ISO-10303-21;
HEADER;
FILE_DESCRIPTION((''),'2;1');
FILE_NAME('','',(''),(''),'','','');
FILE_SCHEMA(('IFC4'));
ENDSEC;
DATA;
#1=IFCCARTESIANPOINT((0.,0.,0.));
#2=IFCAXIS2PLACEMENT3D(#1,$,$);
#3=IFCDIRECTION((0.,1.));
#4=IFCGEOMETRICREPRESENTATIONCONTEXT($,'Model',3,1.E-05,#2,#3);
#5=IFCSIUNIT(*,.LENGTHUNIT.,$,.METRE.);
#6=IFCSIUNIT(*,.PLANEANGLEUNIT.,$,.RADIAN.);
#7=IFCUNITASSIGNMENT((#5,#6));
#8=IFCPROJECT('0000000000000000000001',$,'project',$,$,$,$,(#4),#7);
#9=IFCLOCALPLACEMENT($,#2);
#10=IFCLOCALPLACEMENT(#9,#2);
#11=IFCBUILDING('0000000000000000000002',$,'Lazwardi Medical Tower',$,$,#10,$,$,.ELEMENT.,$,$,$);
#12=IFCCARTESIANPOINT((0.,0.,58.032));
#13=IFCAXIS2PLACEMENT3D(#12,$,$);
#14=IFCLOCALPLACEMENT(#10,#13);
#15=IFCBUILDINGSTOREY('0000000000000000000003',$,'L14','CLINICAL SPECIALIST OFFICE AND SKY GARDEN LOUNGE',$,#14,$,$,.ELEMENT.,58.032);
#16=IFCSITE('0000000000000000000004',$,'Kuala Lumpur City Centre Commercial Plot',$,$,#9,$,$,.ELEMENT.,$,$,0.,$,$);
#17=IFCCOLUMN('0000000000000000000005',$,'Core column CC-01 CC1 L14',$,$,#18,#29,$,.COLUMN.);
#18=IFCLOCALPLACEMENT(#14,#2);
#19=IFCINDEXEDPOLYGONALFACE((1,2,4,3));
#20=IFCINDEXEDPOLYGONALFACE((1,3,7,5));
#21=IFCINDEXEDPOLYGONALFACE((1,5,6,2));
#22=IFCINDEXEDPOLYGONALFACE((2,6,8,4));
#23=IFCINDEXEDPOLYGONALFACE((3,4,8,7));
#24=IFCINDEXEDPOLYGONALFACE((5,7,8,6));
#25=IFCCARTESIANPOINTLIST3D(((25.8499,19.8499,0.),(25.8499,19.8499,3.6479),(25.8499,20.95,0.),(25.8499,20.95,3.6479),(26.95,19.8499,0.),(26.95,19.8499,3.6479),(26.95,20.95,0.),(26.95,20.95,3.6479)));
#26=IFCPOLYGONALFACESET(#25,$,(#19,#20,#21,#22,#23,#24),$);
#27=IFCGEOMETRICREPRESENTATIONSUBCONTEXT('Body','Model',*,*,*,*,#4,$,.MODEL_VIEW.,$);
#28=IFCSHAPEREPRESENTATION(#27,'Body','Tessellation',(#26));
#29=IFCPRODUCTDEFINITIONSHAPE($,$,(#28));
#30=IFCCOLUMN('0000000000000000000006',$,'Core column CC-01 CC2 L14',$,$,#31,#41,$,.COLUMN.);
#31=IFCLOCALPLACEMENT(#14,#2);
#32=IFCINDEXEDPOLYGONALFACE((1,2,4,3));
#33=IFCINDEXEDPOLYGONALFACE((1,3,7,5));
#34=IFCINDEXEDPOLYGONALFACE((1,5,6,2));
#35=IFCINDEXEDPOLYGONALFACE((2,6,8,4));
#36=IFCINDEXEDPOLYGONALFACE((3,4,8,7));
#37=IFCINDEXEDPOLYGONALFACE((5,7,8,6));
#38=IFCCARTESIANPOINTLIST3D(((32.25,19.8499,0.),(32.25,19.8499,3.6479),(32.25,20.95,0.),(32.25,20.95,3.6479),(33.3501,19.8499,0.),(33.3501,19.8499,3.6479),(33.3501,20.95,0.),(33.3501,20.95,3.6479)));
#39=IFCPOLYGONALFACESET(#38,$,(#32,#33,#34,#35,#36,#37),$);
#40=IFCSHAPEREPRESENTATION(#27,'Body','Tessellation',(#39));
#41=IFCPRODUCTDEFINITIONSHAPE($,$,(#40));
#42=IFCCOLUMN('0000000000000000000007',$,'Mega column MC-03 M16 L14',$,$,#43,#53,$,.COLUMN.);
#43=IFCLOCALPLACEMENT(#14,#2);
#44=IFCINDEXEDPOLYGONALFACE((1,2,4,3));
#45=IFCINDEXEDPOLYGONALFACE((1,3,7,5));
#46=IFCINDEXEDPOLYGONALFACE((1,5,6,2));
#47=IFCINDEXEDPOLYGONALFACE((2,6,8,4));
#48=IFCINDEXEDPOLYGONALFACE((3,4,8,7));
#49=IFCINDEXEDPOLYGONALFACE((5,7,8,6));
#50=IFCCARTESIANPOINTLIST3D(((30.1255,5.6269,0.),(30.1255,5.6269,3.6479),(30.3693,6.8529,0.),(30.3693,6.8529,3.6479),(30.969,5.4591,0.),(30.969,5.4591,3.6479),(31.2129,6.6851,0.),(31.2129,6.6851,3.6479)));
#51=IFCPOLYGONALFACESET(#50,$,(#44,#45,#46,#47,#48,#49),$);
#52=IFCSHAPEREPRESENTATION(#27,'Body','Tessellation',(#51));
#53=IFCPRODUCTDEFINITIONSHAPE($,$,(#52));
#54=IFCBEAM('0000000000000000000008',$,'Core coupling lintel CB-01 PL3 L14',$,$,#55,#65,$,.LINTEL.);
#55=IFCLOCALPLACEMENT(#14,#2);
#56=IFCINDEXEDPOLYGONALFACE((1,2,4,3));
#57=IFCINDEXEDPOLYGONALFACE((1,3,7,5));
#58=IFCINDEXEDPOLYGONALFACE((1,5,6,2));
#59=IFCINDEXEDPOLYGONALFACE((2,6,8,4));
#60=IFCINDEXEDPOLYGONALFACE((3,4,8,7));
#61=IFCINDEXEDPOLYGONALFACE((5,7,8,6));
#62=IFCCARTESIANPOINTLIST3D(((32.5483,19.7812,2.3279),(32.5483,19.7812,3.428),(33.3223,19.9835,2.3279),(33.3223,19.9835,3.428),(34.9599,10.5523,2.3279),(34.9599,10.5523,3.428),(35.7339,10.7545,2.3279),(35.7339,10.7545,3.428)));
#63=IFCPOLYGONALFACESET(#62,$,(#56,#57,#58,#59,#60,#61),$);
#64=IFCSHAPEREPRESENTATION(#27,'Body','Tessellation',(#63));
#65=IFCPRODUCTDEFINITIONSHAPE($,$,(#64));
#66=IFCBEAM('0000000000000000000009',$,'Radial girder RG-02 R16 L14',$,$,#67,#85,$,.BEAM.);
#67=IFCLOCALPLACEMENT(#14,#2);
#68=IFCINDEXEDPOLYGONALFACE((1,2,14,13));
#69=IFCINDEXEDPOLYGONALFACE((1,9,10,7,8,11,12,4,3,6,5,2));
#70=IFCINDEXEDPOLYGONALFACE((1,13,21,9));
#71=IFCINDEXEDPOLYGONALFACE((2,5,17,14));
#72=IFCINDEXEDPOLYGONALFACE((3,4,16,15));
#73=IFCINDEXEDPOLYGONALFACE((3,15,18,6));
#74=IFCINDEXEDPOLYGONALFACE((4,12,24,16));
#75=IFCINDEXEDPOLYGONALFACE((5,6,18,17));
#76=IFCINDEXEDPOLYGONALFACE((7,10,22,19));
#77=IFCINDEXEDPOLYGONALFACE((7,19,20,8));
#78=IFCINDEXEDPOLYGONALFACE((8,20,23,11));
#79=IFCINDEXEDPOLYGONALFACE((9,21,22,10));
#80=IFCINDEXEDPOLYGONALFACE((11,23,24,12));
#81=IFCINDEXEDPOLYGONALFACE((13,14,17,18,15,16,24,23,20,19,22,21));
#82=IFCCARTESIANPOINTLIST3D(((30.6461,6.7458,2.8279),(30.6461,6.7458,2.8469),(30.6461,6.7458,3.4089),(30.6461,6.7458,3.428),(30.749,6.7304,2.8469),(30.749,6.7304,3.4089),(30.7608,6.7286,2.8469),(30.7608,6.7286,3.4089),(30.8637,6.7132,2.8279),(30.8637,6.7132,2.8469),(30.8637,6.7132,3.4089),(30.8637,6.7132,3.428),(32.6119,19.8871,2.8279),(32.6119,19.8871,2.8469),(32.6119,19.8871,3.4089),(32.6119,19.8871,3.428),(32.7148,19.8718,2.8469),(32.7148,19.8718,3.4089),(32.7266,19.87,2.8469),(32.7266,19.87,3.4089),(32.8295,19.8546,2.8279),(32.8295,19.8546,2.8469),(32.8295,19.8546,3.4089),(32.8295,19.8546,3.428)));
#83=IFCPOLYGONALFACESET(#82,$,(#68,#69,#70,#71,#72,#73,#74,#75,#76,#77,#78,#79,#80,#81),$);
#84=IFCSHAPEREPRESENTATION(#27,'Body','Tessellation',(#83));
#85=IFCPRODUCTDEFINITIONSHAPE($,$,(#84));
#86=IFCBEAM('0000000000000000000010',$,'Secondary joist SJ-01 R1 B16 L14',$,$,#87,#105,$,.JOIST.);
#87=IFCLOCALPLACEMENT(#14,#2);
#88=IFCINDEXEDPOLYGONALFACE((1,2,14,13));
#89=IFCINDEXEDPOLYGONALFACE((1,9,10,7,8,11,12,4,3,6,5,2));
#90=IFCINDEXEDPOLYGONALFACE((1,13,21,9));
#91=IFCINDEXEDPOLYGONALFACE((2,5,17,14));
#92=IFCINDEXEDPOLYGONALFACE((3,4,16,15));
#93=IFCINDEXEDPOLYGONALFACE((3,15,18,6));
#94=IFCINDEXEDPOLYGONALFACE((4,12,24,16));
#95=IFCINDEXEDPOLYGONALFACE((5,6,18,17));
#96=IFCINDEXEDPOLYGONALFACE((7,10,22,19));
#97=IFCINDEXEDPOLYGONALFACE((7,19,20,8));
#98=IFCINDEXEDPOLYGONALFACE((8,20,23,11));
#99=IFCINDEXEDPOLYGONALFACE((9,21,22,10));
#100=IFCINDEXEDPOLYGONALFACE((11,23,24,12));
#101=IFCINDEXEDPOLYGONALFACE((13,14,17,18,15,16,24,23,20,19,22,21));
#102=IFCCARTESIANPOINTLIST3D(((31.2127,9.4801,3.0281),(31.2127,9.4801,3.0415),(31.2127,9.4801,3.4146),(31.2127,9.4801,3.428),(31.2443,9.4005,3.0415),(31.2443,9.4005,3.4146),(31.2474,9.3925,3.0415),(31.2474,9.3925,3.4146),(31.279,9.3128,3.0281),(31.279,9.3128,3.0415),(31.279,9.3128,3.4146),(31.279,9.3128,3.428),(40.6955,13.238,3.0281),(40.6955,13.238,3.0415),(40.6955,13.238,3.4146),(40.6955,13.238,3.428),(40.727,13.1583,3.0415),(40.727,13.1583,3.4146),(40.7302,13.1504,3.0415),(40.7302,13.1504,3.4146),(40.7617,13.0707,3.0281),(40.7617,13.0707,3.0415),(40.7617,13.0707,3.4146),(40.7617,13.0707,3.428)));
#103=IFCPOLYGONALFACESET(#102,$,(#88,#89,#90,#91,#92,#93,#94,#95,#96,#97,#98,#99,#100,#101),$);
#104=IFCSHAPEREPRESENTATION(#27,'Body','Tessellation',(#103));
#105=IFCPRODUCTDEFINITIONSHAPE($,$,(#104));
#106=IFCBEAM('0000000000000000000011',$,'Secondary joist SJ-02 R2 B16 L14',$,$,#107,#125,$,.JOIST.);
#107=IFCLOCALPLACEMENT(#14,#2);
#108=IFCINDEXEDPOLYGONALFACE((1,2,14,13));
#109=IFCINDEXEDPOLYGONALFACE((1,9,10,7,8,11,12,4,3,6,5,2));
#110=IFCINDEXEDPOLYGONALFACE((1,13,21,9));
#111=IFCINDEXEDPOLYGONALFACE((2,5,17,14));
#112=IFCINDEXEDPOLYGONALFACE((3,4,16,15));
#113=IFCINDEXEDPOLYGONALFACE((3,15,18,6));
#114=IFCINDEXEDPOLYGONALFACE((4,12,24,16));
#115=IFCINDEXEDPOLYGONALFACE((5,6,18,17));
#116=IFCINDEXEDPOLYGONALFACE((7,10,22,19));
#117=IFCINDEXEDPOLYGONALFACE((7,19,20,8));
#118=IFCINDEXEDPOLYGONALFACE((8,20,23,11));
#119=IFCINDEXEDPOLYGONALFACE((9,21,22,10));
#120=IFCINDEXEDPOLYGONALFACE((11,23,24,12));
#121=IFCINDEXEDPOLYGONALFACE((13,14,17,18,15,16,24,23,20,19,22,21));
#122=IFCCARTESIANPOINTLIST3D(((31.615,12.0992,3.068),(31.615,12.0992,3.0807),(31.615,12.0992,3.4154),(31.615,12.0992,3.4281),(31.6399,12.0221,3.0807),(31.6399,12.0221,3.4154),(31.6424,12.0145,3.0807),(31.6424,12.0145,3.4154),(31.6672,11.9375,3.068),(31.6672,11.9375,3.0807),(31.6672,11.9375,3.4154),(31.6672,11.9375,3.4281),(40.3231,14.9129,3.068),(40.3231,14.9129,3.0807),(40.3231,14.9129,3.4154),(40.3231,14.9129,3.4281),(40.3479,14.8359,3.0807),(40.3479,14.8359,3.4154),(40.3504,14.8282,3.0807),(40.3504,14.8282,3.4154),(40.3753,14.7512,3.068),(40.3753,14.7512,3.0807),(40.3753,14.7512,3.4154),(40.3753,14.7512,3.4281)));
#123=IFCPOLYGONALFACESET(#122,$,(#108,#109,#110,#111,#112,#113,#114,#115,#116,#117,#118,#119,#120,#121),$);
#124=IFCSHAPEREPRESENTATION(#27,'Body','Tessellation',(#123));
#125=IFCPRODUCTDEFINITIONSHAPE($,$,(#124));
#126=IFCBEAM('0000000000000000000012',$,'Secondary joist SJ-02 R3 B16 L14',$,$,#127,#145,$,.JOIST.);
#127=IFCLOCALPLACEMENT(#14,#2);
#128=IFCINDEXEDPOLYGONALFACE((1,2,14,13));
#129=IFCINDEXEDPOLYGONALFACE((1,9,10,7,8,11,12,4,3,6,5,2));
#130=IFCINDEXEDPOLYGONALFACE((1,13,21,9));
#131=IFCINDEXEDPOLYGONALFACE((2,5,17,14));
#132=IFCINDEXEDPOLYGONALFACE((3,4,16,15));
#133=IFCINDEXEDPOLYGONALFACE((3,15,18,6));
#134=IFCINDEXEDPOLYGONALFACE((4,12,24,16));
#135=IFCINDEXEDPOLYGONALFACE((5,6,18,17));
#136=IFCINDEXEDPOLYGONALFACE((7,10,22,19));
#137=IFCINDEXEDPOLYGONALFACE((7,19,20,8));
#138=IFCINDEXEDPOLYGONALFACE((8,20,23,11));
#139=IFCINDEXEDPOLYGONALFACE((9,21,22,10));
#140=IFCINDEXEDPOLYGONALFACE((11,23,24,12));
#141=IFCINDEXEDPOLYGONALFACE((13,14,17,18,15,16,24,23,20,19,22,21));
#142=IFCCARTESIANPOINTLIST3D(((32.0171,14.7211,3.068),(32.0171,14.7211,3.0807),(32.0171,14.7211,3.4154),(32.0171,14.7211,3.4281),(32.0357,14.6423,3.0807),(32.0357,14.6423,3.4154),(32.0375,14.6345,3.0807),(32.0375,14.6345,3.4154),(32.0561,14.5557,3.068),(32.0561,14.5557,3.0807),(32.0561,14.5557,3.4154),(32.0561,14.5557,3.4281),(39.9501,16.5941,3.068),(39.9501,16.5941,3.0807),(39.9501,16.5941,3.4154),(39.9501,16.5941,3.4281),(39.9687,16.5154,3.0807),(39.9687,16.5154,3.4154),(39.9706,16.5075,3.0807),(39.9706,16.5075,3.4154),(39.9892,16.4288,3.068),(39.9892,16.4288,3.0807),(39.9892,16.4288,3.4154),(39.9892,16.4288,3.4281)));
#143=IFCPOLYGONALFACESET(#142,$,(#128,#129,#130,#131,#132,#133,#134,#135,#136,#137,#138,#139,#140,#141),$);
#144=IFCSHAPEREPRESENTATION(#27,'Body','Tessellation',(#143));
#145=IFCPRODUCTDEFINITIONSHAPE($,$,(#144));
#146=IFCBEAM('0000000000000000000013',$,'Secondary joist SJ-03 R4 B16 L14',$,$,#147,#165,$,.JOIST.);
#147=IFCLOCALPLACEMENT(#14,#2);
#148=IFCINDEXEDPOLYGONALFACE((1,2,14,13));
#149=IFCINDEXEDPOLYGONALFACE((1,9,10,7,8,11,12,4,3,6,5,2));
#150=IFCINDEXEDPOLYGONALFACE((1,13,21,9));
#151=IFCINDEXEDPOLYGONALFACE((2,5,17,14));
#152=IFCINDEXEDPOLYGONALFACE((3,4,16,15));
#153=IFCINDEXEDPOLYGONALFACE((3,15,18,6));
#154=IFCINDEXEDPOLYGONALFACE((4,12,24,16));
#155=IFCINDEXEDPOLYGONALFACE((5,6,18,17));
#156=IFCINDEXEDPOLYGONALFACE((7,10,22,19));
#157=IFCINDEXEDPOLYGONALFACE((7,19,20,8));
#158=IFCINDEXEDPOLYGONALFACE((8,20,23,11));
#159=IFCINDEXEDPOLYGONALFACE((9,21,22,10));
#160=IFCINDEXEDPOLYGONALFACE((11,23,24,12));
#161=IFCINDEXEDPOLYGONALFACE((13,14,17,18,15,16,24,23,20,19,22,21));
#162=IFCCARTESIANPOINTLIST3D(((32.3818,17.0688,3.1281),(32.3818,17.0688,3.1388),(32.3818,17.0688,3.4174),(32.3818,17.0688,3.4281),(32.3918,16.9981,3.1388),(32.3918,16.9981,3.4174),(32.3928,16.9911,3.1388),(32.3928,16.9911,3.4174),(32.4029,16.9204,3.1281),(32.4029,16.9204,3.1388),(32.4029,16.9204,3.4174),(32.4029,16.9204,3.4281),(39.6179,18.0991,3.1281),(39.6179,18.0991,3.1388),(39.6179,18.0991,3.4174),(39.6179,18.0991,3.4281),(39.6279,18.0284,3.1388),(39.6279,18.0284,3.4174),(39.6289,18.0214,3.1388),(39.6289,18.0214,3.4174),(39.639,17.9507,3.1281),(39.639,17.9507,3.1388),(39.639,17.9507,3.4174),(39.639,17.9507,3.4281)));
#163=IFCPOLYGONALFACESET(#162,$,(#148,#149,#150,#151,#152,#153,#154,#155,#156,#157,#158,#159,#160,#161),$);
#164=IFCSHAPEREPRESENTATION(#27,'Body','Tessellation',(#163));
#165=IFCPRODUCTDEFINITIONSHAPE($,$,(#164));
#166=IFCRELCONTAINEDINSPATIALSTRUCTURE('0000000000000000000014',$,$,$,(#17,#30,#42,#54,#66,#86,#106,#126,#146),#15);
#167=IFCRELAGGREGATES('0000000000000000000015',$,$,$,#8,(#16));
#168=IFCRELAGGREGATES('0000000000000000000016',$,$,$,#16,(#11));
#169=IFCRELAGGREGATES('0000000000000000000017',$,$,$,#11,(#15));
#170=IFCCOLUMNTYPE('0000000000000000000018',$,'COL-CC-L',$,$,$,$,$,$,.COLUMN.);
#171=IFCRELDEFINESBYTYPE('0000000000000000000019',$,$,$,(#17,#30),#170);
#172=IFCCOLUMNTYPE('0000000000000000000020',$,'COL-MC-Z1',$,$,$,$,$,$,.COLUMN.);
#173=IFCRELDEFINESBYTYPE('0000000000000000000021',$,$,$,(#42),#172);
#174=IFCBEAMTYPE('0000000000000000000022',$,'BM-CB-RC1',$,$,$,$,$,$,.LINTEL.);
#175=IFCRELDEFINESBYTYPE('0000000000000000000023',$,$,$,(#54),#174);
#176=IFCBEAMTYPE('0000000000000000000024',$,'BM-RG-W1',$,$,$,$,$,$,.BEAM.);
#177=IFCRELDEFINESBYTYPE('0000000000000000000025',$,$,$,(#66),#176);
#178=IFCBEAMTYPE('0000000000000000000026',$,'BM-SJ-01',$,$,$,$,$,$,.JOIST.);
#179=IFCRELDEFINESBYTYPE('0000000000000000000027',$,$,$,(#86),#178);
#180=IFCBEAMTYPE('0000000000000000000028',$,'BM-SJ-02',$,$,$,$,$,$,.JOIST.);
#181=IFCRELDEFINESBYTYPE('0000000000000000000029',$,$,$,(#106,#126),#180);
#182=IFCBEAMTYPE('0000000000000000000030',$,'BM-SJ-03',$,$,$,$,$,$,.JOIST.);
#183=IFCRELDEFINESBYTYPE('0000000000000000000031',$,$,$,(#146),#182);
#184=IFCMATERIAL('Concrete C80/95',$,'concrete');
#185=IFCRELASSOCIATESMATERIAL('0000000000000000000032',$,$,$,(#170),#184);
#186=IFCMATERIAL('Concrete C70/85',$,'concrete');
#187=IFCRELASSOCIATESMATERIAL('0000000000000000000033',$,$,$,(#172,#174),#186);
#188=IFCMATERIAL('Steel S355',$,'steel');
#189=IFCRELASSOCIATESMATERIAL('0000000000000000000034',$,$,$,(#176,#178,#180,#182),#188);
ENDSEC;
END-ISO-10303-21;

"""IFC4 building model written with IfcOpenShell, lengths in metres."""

from ifc_helpers import new_model, si_unit, direction, frame, origin, origin_2d, place, context, subcontext, project, spatial, rectangle, i_section, extrude, material, material_profile, profile_set, type_object, element, save


model = new_model("IFC4")

# Units and contexts
model_context = context("Model", 3, precision=1e-05, world=origin(), true_north=direction((0.0, 1.0)))
body_context = subcontext(model_context, "Body", "Model", "MODEL_VIEW")
ifc_project = project(units=[si_unit("LENGTHUNIT", "METRE"), si_unit("PLANEANGLEUNIT", "RADIAN")], contexts=[model_context])

# Site, building, storey
site_placement = place(None, origin())
site = spatial("IfcSite", under=ifc_project, at=site_placement, Name="Kuala Lumpur City Centre Commercial Plot", CompositionType="ELEMENT", RefElevation=0.0)
building_placement = place(site_placement, origin())
building = spatial("IfcBuilding", under=site, at=building_placement, Name="Lazwardi Medical Tower", CompositionType="ELEMENT")
storey_placement = place(building_placement, frame((0.0, 0.0, 58.032)))
storey = spatial("IfcBuildingStorey", under=building, at=storey_placement, Name="L14", Description="CLINICAL SPECIALIST OFFICE AND SKY GARDEN LOUNGE", CompositionType="ELEMENT", Elevation=58.032)

# Columns
ifc_material_1 = material(Name="Concrete C80/95", Category="concrete")
ifc_material_profile_1 = material_profile(ifc_material_1, rectangle(XDim=1.1001, YDim=1.1001, at=origin_2d()), Name="RC 1100x1100")
ifc_profile_set_1 = profile_set([ifc_material_profile_1], Name="Concrete C80/95")
column_type_1 = type_object("IfcColumnType", Name="COL-CC-L", PredefinedType="COLUMN", material=ifc_profile_set_1)
for number, where, z_axis, x_axis, name in (
    (1, (26.3999, 20.3999, 0.0), (0.0, 0.0, 1.0), (1.0, 0.0, 0.0), "Core column CC-01 CC1 L14"),
    (2, (32.8, 20.3999, 0.0), (0.0, 0.0, 1.0), (1.0, 0.0, 0.0), "Core column CC-01 CC2 L14"),
):
    element("IfcColumn", number, at=place(storey_placement, frame(where, z_axis=z_axis, x_axis=x_axis)), inside=storey, type_object=column_type_1, Name=name, PredefinedType="COLUMN", context=body_context, shape_type="SweptSolid", body=[
        extrude(rectangle(XDim=1.1001, YDim=1.1001, at=origin_2d()), origin(), (0.0, 0.0, 1.0), 3.6479),
    ])
ifc_material_2 = material(Name="Concrete C70/85", Category="concrete")
ifc_material_profile_2 = material_profile(ifc_material_2, rectangle(XDim=1.25, YDim=0.8601, at=origin_2d()), Name="CFT-RECT 1250x860")
ifc_profile_set_2 = profile_set([ifc_material_profile_2], Name="Concrete C70/85")
column_type_2 = type_object("IfcColumnType", Name="COL-MC-Z1", PredefinedType="COLUMN", material=ifc_profile_set_2)
column_placement = place(storey_placement, frame((30.6692, 6.156, 0.0), z_axis=(0.0, 0.0, 1.0), x_axis=(-0.19509, -0.980785, 0.0)))
element("IfcColumn", 3, at=column_placement, inside=storey, type_object=column_type_2, Name="Mega column MC-03 M16 L14", PredefinedType="COLUMN", context=body_context, shape_type="SweptSolid", body=[
    extrude(rectangle(XDim=1.25, YDim=0.8601, at=origin_2d()), origin(), (0.0, 0.0, 1.0), 3.6479),
])

# Beams
ifc_material_profile_3 = material_profile(ifc_material_2, rectangle(XDim=0.8, YDim=1.1001, at=origin_2d()), Name="RC 800x1100")
ifc_profile_set_3 = profile_set([ifc_material_profile_3], Name="Concrete C70/85")
beam_type_1 = type_object("IfcBeamType", Name="BM-CB-RC1", PredefinedType="LINTEL", material=ifc_profile_set_3)
beam_1_placement = place(storey_placement, frame((32.9353, 19.8823, 2.8779), z_axis=(0.25282, -0.967513, 0.0), x_axis=(0.967513, 0.25282, 0.0)))
element("IfcBeam", 4, at=beam_1_placement, inside=storey, type_object=beam_type_1, Name="Core coupling lintel CB-01 PL3 L14", PredefinedType="LINTEL", context=body_context, shape_type="SweptSolid", body=[
    extrude(rectangle(XDim=0.8, YDim=1.1001, at=origin_2d()), origin(), (0.0, 0.0, 1.0), 9.5388),
])
ifc_material_3 = material(Name="Steel S355", Category="steel")
ifc_material_profile_4 = material_profile(ifc_material_3, i_section(OverallWidth=0.22, OverallDepth=0.6001, WebThickness=0.012, FlangeThickness=0.019, at=origin_2d()), Name="IPE 600")
ifc_profile_set_4 = profile_set([ifc_material_profile_4], Name="Steel S355")
beam_type_2 = type_object("IfcBeamType", Name="BM-RG-W1", PredefinedType="BEAM", material=ifc_profile_set_4)
beam_2_placement = place(storey_placement, frame((30.7549, 6.7295, 3.1279), z_axis=(0.147944, 0.988996, 0.0), x_axis=(-0.988996, 0.147944, 0.0)))
element("IfcBeam", 5, at=beam_2_placement, inside=storey, type_object=beam_type_2, Name="Radial girder RG-02 R16 L14", PredefinedType="BEAM", context=body_context, shape_type="SweptSolid", body=[
    extrude(i_section(OverallWidth=0.22, OverallDepth=0.6001, WebThickness=0.012, FlangeThickness=0.019, at=origin_2d()), origin(), (0.0, 0.0, 1.0), 13.2876),
])
ifc_material_profile_5 = material_profile(ifc_material_3, i_section(OverallWidth=0.1799, OverallDepth=0.3999, WebThickness=0.0085, FlangeThickness=0.0134, at=origin_2d()), Name="IPE 400")
ifc_profile_set_5 = profile_set([ifc_material_profile_5], Name="Steel S355")
beam_type_3 = type_object("IfcBeamType", Name="BM-SJ-01", PredefinedType="JOIST", material=ifc_profile_set_5)
beam_3_placement = place(storey_placement, frame((31.2458, 9.3965, 3.228), z_axis=(0.929664, 0.368409, 0.0), x_axis=(-0.368409, 0.929664, 0.0)))
element("IfcBeam", 6, at=beam_3_placement, inside=storey, type_object=beam_type_3, Name="Secondary joist SJ-01 R1 B16 L14", PredefinedType="JOIST", context=body_context, shape_type="SweptSolid", body=[
    extrude(i_section(OverallWidth=0.1799, OverallDepth=0.3999, WebThickness=0.0085, FlangeThickness=0.0134, at=origin_2d()), origin(), (0.0, 0.0, 1.0), 10.2002),
])
ifc_material_profile_6 = material_profile(ifc_material_3, i_section(OverallWidth=0.1699, OverallDepth=0.3601, WebThickness=0.0081, FlangeThickness=0.0127, at=origin_2d()), Name="IPE 360")
ifc_profile_set_6 = profile_set([ifc_material_profile_6], Name="Steel S355")
beam_type_4 = type_object("IfcBeamType", Name="BM-SJ-02", PredefinedType="JOIST", material=ifc_profile_set_6)
beam_4_placement = place(storey_placement, frame((31.6411, 12.0183, 3.248), z_axis=(0.951559, 0.307467, 0.0), x_axis=(-0.307467, 0.951559, 0.0)))
element("IfcBeam", 7, at=beam_4_placement, inside=storey, type_object=beam_type_4, Name="Secondary joist SJ-02 R2 B16 L14", PredefinedType="JOIST", context=body_context, shape_type="SweptSolid", body=[
    extrude(i_section(OverallWidth=0.1699, OverallDepth=0.3601, WebThickness=0.0081, FlangeThickness=0.0127, at=origin_2d()), origin(), (0.0, 0.0, 1.0), 9.1514),
])
beam_5_placement = place(storey_placement, frame((32.0366, 14.6384, 3.248), z_axis=(0.973241, 0.229787, 0.0), x_axis=(-0.229787, 0.973241, 0.0)))
element("IfcBeam", 8, at=beam_5_placement, inside=storey, type_object=beam_type_4, Name="Secondary joist SJ-02 R3 B16 L14", PredefinedType="JOIST", context=body_context, shape_type="SweptSolid", body=[
    extrude(i_section(OverallWidth=0.1699, OverallDepth=0.3601, WebThickness=0.0081, FlangeThickness=0.0127, at=origin_2d()), origin(), (0.0, 0.0, 1.0), 8.1511),
])
ifc_material_profile_7 = material_profile(ifc_material_3, i_section(OverallWidth=0.1499, OverallDepth=0.3, WebThickness=0.0071, FlangeThickness=0.0107, at=origin_2d()), Name="IPE 300")
ifc_profile_set_7 = profile_set([ifc_material_profile_7], Name="Steel S355")
beam_type_5 = type_object("IfcBeamType", Name="BM-SJ-03", PredefinedType="JOIST", material=ifc_profile_set_7)
beam_6_placement = place(storey_placement, frame((32.3923, 16.9946, 3.2781), z_axis=(0.990016, 0.140958, 0.0), x_axis=(-0.140958, 0.990016, 0.0)))
element("IfcBeam", 9, at=beam_6_placement, inside=storey, type_object=beam_type_5, Name="Secondary joist SJ-03 R4 B16 L14", PredefinedType="JOIST", context=body_context, shape_type="SweptSolid", body=[
    extrude(i_section(OverallWidth=0.1499, OverallDepth=0.3, WebThickness=0.0071, FlangeThickness=0.0107, at=origin_2d()), origin(), (0.0, 0.0, 1.0), 7.3091),
])

save(model, "model.ifc")
